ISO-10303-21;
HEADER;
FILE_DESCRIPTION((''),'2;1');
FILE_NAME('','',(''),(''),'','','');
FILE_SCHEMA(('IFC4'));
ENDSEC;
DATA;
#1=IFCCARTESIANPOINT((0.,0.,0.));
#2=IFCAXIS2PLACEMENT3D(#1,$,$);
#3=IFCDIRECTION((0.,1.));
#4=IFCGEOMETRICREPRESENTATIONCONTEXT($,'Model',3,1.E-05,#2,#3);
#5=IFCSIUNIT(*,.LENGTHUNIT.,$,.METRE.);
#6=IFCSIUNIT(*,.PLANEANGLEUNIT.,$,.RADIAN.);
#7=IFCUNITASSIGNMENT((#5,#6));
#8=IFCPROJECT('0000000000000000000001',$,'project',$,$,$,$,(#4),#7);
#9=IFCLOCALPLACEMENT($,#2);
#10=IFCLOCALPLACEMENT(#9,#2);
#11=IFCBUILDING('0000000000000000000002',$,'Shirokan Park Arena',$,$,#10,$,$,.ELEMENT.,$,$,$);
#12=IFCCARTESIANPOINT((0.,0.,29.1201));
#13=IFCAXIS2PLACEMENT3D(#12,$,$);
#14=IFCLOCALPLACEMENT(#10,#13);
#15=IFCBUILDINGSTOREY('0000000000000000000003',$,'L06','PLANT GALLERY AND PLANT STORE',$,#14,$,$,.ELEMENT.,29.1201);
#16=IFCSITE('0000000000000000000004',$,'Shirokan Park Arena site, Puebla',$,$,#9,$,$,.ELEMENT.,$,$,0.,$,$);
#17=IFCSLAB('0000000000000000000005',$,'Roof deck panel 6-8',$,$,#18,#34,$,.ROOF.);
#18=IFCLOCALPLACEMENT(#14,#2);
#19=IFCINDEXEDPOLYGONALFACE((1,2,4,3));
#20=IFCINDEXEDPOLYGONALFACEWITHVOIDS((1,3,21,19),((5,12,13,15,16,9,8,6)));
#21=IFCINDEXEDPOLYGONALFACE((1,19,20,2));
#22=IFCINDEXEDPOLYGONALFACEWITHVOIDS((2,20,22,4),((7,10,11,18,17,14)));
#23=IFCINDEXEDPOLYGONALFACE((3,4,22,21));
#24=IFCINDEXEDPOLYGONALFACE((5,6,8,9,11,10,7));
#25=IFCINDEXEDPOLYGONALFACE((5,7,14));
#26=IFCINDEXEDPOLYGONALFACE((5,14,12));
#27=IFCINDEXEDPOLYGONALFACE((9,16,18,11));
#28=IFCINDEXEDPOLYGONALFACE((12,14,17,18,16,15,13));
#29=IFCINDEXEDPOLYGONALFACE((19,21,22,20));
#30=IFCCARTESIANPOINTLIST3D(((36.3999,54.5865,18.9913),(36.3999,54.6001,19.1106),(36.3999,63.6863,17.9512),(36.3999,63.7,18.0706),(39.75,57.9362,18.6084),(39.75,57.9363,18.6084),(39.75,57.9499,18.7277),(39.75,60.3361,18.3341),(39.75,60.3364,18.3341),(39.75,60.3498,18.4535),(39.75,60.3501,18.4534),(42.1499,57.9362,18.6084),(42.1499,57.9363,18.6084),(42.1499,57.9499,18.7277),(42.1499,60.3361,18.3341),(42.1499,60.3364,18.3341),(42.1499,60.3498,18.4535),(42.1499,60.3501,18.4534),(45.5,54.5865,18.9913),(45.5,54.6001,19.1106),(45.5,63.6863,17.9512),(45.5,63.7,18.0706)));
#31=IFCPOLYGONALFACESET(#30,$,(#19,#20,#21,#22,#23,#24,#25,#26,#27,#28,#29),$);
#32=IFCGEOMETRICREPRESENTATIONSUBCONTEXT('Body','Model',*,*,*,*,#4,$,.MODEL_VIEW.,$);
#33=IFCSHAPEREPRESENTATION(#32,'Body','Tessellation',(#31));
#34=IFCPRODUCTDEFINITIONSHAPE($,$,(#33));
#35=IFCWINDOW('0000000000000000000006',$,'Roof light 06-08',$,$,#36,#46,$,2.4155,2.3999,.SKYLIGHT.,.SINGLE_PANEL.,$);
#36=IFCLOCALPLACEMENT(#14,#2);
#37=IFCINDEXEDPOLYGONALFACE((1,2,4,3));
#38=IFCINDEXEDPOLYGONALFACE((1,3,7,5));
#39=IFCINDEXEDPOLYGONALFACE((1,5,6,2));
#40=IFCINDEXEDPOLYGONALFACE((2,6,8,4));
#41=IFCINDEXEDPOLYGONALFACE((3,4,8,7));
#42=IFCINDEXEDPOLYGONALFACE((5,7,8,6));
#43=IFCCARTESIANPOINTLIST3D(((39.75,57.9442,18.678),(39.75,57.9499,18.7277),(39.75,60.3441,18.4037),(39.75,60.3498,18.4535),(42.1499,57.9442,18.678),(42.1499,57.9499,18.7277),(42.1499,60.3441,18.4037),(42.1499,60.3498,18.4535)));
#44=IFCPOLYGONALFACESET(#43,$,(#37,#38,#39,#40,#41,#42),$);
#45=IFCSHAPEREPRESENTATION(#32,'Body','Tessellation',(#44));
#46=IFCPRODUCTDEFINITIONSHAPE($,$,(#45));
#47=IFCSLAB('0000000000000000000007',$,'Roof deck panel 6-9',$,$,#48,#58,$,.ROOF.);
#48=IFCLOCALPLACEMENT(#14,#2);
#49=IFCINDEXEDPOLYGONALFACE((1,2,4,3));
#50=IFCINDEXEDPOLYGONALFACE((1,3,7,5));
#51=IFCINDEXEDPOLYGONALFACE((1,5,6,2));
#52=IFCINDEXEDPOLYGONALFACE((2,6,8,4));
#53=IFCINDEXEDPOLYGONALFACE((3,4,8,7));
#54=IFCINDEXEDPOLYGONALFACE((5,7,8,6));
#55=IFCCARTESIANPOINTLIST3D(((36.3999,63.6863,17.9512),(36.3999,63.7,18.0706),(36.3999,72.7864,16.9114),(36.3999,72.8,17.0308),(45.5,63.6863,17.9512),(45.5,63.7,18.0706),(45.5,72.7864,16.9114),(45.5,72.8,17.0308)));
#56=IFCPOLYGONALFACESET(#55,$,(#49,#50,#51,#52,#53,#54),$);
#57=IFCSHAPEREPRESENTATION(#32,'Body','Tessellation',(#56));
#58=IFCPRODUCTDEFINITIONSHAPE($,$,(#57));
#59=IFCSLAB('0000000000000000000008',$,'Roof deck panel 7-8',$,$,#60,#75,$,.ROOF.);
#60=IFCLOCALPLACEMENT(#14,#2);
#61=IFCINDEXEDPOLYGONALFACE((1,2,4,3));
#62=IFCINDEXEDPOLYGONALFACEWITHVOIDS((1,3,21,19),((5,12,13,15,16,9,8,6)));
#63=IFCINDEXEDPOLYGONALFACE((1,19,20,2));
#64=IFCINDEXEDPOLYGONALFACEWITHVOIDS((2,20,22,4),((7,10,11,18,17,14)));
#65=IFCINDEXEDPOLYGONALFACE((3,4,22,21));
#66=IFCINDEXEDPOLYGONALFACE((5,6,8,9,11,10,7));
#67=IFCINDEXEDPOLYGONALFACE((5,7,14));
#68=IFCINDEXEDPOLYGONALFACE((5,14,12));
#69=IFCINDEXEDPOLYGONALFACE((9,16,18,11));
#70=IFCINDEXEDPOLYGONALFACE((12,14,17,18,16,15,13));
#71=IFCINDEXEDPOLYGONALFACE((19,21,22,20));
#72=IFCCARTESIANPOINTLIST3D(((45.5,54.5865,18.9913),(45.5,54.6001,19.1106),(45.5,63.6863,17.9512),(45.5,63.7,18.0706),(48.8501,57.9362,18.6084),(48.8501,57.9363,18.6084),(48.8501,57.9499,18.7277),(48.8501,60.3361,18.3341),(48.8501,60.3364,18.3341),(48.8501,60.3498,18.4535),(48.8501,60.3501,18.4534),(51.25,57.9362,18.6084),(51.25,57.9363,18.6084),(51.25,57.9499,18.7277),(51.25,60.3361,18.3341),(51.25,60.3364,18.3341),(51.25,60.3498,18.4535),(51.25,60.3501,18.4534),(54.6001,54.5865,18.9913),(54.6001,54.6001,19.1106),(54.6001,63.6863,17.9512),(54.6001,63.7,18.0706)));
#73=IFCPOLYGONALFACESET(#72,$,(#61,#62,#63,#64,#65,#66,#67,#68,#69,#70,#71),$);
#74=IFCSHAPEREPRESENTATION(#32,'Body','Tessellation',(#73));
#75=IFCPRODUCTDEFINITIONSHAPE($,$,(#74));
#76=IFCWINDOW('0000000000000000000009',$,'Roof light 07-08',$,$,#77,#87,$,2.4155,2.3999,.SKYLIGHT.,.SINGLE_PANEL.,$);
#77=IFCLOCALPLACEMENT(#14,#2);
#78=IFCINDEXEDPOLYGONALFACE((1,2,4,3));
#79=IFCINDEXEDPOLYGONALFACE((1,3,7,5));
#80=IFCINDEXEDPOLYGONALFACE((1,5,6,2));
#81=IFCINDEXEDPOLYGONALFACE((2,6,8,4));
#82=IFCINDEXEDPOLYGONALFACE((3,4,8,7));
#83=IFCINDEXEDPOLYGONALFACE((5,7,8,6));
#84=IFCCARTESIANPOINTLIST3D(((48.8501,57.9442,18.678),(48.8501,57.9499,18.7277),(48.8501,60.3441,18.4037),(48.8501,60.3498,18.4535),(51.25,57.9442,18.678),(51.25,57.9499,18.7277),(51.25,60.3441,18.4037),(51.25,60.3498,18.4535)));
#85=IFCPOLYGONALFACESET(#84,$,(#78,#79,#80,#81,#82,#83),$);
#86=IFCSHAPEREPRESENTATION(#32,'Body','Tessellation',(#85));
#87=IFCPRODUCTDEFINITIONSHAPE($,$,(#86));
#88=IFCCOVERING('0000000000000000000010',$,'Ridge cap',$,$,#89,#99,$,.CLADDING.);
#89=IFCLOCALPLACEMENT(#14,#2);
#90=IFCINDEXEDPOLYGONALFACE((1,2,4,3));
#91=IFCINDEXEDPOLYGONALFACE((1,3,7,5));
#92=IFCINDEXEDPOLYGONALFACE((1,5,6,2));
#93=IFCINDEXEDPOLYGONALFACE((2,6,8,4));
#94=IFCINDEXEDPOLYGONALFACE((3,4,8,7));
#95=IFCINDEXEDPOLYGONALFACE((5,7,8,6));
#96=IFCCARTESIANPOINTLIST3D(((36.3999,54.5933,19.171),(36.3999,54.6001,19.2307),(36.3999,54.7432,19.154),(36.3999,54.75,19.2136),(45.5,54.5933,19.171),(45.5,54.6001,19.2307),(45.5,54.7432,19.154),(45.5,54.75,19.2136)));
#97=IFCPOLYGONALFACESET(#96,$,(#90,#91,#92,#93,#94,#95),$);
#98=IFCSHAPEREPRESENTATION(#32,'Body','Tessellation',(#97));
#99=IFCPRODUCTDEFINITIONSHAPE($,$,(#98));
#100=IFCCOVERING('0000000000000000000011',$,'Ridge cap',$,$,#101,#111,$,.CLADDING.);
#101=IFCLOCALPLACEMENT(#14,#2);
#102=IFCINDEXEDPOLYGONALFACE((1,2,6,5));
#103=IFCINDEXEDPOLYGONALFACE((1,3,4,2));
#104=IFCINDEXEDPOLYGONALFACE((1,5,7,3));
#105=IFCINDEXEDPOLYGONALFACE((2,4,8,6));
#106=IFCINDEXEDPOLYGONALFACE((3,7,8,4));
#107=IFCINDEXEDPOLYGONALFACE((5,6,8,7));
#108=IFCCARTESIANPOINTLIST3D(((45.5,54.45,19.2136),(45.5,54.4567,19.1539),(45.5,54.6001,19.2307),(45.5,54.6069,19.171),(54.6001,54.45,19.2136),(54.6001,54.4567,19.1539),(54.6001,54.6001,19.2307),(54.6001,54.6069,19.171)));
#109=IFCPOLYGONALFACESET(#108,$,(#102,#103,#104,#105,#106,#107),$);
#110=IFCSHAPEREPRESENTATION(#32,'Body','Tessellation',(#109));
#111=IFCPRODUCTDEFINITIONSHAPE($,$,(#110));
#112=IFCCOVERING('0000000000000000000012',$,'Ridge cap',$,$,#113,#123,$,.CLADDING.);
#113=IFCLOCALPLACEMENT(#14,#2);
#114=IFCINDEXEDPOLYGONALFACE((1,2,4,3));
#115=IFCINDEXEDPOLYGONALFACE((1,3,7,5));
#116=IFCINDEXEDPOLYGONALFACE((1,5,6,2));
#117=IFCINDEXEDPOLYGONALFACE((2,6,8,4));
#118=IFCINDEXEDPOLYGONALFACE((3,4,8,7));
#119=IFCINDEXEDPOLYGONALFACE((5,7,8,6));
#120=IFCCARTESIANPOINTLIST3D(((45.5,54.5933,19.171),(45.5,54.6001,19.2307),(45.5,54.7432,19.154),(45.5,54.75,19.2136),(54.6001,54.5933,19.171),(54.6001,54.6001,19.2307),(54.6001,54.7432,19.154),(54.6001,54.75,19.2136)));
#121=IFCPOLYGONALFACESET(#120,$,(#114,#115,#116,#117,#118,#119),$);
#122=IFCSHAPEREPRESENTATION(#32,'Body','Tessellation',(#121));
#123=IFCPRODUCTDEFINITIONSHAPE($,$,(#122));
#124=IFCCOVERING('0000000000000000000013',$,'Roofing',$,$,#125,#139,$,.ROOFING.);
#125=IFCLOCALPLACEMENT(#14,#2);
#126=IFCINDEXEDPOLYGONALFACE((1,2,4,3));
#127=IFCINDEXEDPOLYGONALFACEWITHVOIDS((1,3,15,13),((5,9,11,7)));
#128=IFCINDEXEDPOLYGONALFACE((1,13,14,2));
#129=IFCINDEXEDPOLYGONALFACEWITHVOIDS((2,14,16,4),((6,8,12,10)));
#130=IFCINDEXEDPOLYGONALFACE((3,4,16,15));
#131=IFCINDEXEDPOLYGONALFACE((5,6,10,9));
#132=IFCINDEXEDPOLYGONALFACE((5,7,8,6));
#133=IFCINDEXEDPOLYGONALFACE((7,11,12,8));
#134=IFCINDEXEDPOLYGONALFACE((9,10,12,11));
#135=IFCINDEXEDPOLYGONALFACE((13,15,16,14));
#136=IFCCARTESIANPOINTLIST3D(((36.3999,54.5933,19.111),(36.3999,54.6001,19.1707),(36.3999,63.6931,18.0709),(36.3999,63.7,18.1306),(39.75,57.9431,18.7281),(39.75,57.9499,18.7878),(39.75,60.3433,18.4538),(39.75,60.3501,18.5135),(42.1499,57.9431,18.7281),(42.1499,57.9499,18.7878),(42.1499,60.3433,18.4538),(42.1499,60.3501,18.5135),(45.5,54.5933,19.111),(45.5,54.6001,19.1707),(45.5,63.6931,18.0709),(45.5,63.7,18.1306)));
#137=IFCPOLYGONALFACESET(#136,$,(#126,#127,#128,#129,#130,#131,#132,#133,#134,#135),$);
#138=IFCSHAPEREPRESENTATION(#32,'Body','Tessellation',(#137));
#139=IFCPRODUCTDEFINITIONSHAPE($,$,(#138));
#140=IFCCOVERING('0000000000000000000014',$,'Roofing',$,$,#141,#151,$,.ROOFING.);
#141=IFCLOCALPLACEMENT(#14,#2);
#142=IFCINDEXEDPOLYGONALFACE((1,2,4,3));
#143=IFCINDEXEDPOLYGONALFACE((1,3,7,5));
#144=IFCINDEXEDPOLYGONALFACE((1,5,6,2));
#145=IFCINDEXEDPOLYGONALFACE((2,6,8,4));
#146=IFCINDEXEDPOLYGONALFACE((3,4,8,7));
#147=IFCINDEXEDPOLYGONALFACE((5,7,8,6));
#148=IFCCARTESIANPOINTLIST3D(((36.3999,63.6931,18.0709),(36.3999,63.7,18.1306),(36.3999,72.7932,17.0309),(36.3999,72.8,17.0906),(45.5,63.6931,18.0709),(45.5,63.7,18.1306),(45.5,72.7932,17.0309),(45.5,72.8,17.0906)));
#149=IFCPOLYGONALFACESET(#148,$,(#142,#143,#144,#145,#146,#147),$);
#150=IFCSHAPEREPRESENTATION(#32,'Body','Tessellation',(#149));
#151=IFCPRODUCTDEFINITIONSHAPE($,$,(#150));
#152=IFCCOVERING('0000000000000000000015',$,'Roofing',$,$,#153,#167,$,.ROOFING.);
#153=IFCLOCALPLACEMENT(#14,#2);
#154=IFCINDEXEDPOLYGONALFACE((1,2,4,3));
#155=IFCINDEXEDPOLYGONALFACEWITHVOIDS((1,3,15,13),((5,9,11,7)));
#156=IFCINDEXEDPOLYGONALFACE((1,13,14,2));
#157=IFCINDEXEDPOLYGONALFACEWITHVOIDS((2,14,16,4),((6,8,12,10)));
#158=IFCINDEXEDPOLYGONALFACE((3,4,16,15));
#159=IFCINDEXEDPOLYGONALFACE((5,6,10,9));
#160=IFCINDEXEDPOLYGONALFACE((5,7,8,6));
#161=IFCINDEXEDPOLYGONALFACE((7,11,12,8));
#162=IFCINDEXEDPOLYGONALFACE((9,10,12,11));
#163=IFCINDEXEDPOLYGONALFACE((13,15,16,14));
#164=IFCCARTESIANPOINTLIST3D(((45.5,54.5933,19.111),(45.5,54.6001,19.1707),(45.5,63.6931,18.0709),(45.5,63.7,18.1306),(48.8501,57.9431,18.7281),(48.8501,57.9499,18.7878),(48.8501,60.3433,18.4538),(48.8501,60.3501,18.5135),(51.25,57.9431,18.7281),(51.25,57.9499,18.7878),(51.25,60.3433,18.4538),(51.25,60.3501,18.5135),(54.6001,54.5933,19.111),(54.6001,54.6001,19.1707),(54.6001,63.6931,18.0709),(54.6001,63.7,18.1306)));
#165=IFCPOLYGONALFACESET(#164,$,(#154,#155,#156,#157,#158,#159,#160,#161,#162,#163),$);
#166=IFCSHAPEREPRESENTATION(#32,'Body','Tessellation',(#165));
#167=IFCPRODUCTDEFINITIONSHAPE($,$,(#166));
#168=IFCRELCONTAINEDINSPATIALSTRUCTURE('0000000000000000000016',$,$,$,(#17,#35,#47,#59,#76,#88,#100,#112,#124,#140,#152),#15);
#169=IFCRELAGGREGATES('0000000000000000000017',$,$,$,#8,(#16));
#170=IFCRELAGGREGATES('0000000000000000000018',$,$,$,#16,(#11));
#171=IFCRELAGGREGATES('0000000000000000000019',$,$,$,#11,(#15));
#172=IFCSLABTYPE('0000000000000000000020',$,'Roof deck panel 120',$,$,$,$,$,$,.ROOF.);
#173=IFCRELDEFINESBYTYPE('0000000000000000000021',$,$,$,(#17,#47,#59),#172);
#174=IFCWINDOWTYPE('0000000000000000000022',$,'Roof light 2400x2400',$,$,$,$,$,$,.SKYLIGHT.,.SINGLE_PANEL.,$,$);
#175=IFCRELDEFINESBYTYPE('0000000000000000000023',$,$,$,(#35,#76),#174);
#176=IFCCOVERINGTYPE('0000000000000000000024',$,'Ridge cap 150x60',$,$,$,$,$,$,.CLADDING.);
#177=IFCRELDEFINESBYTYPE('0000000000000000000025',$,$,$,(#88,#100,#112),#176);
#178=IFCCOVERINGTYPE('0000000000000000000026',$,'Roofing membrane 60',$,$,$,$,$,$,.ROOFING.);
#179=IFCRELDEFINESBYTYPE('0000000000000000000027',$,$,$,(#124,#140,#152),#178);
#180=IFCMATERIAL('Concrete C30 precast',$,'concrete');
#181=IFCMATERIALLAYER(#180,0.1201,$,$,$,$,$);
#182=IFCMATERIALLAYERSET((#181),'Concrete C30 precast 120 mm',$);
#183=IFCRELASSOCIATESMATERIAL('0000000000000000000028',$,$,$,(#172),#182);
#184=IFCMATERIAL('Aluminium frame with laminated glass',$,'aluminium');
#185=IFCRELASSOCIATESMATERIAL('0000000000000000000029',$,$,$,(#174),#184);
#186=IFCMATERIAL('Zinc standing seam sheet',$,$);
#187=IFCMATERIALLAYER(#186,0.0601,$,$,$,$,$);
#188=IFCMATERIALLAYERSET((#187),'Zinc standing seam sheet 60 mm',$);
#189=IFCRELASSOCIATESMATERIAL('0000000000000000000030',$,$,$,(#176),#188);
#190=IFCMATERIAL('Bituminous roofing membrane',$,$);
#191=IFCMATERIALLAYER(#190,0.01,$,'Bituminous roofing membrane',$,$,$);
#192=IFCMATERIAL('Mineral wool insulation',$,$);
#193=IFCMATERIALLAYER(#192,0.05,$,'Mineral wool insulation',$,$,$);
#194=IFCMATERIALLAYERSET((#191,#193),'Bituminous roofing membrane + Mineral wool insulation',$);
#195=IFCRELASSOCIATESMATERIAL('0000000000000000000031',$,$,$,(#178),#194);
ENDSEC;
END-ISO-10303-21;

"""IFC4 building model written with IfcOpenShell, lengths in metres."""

from ifc_helpers import new_model, si_unit, direction, frame, origin, origin_2d, place, context, subcontext, project, spatial, polyline, rectangle, outline, extrude, material, layer, layer_set, type_object, element, fill, save


model = new_model("IFC4")

# Units and contexts
model_context = context("Model", 3, precision=1e-05, world=origin(), true_north=direction((0.0, 1.0)))
body_context = subcontext(model_context, "Body", "Model", "MODEL_VIEW")
ifc_project = project(units=[si_unit("LENGTHUNIT", "METRE"), si_unit("PLANEANGLEUNIT", "RADIAN")], contexts=[model_context])

# Site, building, storey
site_placement = place(None, origin())
site = spatial("IfcSite", under=ifc_project, at=site_placement, Name="Shirokan Park Arena site, Puebla", CompositionType="ELEMENT", RefElevation=0.0)
building_placement = place(site_placement, origin())
building = spatial("IfcBuilding", under=site, at=building_placement, Name="Shirokan Park Arena", CompositionType="ELEMENT")
storey_placement = place(building_placement, frame((0.0, 0.0, 29.1201)))
storey = spatial("IfcBuildingStorey", under=building, at=storey_placement, Name="L06", Description="PLANT GALLERY AND PLANT STORE", CompositionType="ELEMENT", Elevation=29.1201)

# Slab, opening, window
ifc_material_1 = material(Name="Concrete C30 precast", Category="concrete")
ifc_layer_1 = layer(ifc_material_1, 0.1201)
ifc_layer_set_1 = layer_set([ifc_layer_1], Name="Concrete C30 precast 120 mm")
slab_type = type_object("IfcSlabType", Name="Roof deck panel 120", PredefinedType="ROOF", material=ifc_layer_set_1)
slab_1_placement = place(storey_placement, frame((36.3999, 54.6001, 19.1106), z_axis=(0.0, 0.113553, 0.993532), x_axis=(1.0, 0.0, 0.0)))
slab_1 = element("IfcSlab", 1, at=slab_1_placement, inside=storey, type_object=slab_type, Name="Roof deck panel 6-8", PredefinedType="ROOF", context=body_context, shape_type="SweptSolid", body=[
    extrude(outline(polyline([(0.0, 0.0), (9.1001, 0.0), (9.1001, 9.1591), (0.0, 9.1591), (0.0, 0.0)]), holes=[polyline([(3.3501, 3.3717), (5.75, 3.3717), (5.75, 5.7874), (3.3501, 5.7874), (3.3501, 3.3717)])]), origin(), (0.0, 0.0, -1.0), 0.1201),
])
opening_1_placement = place(slab_1_placement, frame((4.55, 4.5793, 0.01)))
opening_1 = element("IfcOpeningElement", 2, at=opening_1_placement, cuts=slab_1, PredefinedType="OPENING", context=body_context, shape_type="SweptSolid", body=[
    extrude(rectangle(XDim=2.3999, YDim=2.4155, at=origin_2d()), origin(), (0.0, 0.0, -1.0), 0.1399),
])
ifc_material_2 = material(Name="Aluminium frame with laminated glass", Category="aluminium")
window_type = type_object("IfcWindowType", Name="Roof light 2400x2400", PartitioningType="SINGLE_PANEL", PredefinedType="SKYLIGHT", material=ifc_material_2)
window_1_placement = place(opening_1_placement, frame((0.0, 0.0, -0.0601)))
window_1 = element("IfcWindow", 3, at=window_1_placement, inside=storey, type_object=window_type, Name="Roof light 06-08", OverallHeight=2.4155, OverallWidth=2.3999, PartitioningType="SINGLE_PANEL", PredefinedType="SKYLIGHT", context=body_context, shape_type="SweptSolid", body=[
    extrude(rectangle(XDim=2.3999, YDim=2.4155, at=origin_2d()), origin(), (0.0, 0.0, 1.0), 0.05),
])
fill(opening_1, window_1)

# Slab
slab_2_placement = place(storey_placement, frame((36.3999, 63.7, 18.0706), z_axis=(0.0, 0.113523, 0.993535), x_axis=(1.0, 0.0, 0.0)))
element("IfcSlab", 4, at=slab_2_placement, inside=storey, type_object=slab_type, Name="Roof deck panel 6-9", PredefinedType="ROOF", context=body_context, shape_type="SweptSolid", body=[
    extrude(outline(polyline([(0.0, 0.0), (9.1001, 0.0), (9.1001, 9.1593), (0.0, 9.1593), (0.0, 0.0)])), origin(), (0.0, 0.0, -1.0), 0.1201),
])

# Slab, opening, window
slab_3_placement = place(storey_placement, frame((45.5, 54.6001, 19.1106), z_axis=(0.0, 0.113553, 0.993532), x_axis=(1.0, 0.0, 0.0)))
slab_3 = element("IfcSlab", 5, at=slab_3_placement, inside=storey, type_object=slab_type, Name="Roof deck panel 7-8", PredefinedType="ROOF", context=body_context, shape_type="SweptSolid", body=[
    extrude(outline(polyline([(0.0, 0.0), (9.1001, 0.0), (9.1001, 9.1591), (0.0, 9.1591), (0.0, 0.0)]), holes=[polyline([(3.3501, 3.3717), (5.75, 3.3717), (5.75, 5.7874), (3.3501, 5.7874), (3.3501, 3.3717)])]), origin(), (0.0, 0.0, -1.0), 0.1201),
])
opening_2_placement = place(slab_3_placement, frame((4.55, 4.5793, 0.01)))
opening_2 = element("IfcOpeningElement", 6, at=opening_2_placement, cuts=slab_3, PredefinedType="OPENING", context=body_context, shape_type="SweptSolid", body=[
    extrude(rectangle(XDim=2.3999, YDim=2.4155, at=origin_2d()), origin(), (0.0, 0.0, -1.0), 0.1399),
])
window_2_placement = place(opening_2_placement, frame((0.0, 0.0, -0.0601)))
window_2 = element("IfcWindow", 7, at=window_2_placement, inside=storey, type_object=window_type, Name="Roof light 07-08", OverallHeight=2.4155, OverallWidth=2.3999, PartitioningType="SINGLE_PANEL", PredefinedType="SKYLIGHT", context=body_context, shape_type="SweptSolid", body=[
    extrude(rectangle(XDim=2.3999, YDim=2.4155, at=origin_2d()), origin(), (0.0, 0.0, 1.0), 0.05),
])
fill(opening_2, window_2)

# Coverings
ifc_material_3 = material(Name="Zinc standing seam sheet")
ifc_layer_2 = layer(ifc_material_3, 0.0601)
ifc_layer_set_2 = layer_set([ifc_layer_2], Name="Zinc standing seam sheet 60 mm")
covering_type_1 = type_object("IfcCoveringType", Name="Ridge cap 150x60", PredefinedType="CLADDING", material=ifc_layer_set_2)
covering_1_placement = place(storey_placement, frame((36.3999, 54.6001, 19.2307), z_axis=(0.0, 0.113273, 0.993564), x_axis=(1.0, 0.0, 0.0)))
element("IfcCovering", 8, at=covering_1_placement, inside=storey, type_object=covering_type_1, Name="Ridge cap", PredefinedType="CLADDING", context=body_context, shape_type="SweptSolid", body=[
    extrude(outline(polyline([(0.0, 0.0), (9.1001, 0.0), (9.1001, 0.1509), (0.0, 0.1509), (0.0, 0.0)])), origin(), (0.0, 0.0, -1.0), 0.0601),
])
covering_2_placement = place(storey_placement, frame((45.5, 54.45, 19.2136), z_axis=(0.0, -0.113091, 0.993585), x_axis=(1.0, 0.0, 0.0)))
element("IfcCovering", 9, at=covering_2_placement, inside=storey, type_object=covering_type_1, Name="Ridge cap", PredefinedType="CLADDING", context=body_context, shape_type="SweptSolid", body=[
    extrude(outline(polyline([(0.0, 0.0), (9.1001, 0.0), (9.1001, 0.1511), (0.0, 0.1511), (0.0, 0.0)])), origin(), (0.0, 0.0, -1.0), 0.0601),
])
covering_3_placement = place(storey_placement, frame((45.5, 54.6001, 19.2307), z_axis=(0.0, 0.113273, 0.993564), x_axis=(1.0, 0.0, 0.0)))
element("IfcCovering", 10, at=covering_3_placement, inside=storey, type_object=covering_type_1, Name="Ridge cap", PredefinedType="CLADDING", context=body_context, shape_type="SweptSolid", body=[
    extrude(outline(polyline([(0.0, 0.0), (9.1001, 0.0), (9.1001, 0.1509), (0.0, 0.1509), (0.0, 0.0)])), origin(), (0.0, 0.0, -1.0), 0.0601),
])
ifc_material_4 = material(Name="Bituminous roofing membrane")
ifc_layer_3 = layer(ifc_material_4, 0.01, Name="Bituminous roofing membrane")
ifc_material_5 = material(Name="Mineral wool insulation")
ifc_layer_4 = layer(ifc_material_5, 0.05, Name="Mineral wool insulation")
ifc_layer_set_3 = layer_set([ifc_layer_3, ifc_layer_4], Name="Bituminous roofing membrane + Mineral wool insulation")
covering_type_2 = type_object("IfcCoveringType", Name="Roofing membrane 60", PredefinedType="ROOFING", material=ifc_layer_set_3)
covering_4_placement = place(storey_placement, frame((36.3999, 54.6001, 19.1707), z_axis=(0.0, 0.113553, 0.993532), x_axis=(1.0, 0.0, 0.0)))
element("IfcCovering", 11, at=covering_4_placement, inside=storey, type_object=covering_type_2, Name="Roofing", PredefinedType="ROOFING", context=body_context, shape_type="SweptSolid", body=[
    extrude(outline(polyline([(0.0, 0.0), (9.1001, 0.0), (9.1001, 9.1591), (0.0, 9.1591), (0.0, 0.0)]), holes=[polyline([(5.75, 3.3717), (5.75, 5.7874), (3.3501, 5.7874), (3.3501, 3.3717), (5.75, 3.3717)])]), origin(), (0.0, 0.0, -1.0), 0.0601),
])
covering_5_placement = place(storey_placement, frame((36.3999, 63.7, 18.1306), z_axis=(0.0, 0.11355, 0.993532), x_axis=(1.0, 0.0, 0.0)))
element("IfcCovering", 12, at=covering_5_placement, inside=storey, type_object=covering_type_2, Name="Roofing", PredefinedType="ROOFING", context=body_context, shape_type="SweptSolid", body=[
    extrude(outline(polyline([(0.0, 0.0), (9.1001, 0.0), (9.1001, 9.1593), (0.0, 9.1593), (0.0, 0.0)])), origin(), (0.0, 0.0, -1.0), 0.0601),
])
covering_6_placement = place(storey_placement, frame((45.5, 54.6001, 19.1707), z_axis=(0.0, 0.113553, 0.993532), x_axis=(1.0, 0.0, 0.0)))
element("IfcCovering", 13, at=covering_6_placement, inside=storey, type_object=covering_type_2, Name="Roofing", PredefinedType="ROOFING", context=body_context, shape_type="SweptSolid", body=[
    extrude(outline(polyline([(0.0, 0.0), (9.1001, 0.0), (9.1001, 9.1591), (0.0, 9.1591), (0.0, 0.0)]), holes=[polyline([(5.75, 3.3717), (5.75, 5.7874), (3.3501, 5.7874), (3.3501, 3.3717), (5.75, 3.3717)])]), origin(), (0.0, 0.0, -1.0), 0.0601),
])

save(model, "model.ifc")
